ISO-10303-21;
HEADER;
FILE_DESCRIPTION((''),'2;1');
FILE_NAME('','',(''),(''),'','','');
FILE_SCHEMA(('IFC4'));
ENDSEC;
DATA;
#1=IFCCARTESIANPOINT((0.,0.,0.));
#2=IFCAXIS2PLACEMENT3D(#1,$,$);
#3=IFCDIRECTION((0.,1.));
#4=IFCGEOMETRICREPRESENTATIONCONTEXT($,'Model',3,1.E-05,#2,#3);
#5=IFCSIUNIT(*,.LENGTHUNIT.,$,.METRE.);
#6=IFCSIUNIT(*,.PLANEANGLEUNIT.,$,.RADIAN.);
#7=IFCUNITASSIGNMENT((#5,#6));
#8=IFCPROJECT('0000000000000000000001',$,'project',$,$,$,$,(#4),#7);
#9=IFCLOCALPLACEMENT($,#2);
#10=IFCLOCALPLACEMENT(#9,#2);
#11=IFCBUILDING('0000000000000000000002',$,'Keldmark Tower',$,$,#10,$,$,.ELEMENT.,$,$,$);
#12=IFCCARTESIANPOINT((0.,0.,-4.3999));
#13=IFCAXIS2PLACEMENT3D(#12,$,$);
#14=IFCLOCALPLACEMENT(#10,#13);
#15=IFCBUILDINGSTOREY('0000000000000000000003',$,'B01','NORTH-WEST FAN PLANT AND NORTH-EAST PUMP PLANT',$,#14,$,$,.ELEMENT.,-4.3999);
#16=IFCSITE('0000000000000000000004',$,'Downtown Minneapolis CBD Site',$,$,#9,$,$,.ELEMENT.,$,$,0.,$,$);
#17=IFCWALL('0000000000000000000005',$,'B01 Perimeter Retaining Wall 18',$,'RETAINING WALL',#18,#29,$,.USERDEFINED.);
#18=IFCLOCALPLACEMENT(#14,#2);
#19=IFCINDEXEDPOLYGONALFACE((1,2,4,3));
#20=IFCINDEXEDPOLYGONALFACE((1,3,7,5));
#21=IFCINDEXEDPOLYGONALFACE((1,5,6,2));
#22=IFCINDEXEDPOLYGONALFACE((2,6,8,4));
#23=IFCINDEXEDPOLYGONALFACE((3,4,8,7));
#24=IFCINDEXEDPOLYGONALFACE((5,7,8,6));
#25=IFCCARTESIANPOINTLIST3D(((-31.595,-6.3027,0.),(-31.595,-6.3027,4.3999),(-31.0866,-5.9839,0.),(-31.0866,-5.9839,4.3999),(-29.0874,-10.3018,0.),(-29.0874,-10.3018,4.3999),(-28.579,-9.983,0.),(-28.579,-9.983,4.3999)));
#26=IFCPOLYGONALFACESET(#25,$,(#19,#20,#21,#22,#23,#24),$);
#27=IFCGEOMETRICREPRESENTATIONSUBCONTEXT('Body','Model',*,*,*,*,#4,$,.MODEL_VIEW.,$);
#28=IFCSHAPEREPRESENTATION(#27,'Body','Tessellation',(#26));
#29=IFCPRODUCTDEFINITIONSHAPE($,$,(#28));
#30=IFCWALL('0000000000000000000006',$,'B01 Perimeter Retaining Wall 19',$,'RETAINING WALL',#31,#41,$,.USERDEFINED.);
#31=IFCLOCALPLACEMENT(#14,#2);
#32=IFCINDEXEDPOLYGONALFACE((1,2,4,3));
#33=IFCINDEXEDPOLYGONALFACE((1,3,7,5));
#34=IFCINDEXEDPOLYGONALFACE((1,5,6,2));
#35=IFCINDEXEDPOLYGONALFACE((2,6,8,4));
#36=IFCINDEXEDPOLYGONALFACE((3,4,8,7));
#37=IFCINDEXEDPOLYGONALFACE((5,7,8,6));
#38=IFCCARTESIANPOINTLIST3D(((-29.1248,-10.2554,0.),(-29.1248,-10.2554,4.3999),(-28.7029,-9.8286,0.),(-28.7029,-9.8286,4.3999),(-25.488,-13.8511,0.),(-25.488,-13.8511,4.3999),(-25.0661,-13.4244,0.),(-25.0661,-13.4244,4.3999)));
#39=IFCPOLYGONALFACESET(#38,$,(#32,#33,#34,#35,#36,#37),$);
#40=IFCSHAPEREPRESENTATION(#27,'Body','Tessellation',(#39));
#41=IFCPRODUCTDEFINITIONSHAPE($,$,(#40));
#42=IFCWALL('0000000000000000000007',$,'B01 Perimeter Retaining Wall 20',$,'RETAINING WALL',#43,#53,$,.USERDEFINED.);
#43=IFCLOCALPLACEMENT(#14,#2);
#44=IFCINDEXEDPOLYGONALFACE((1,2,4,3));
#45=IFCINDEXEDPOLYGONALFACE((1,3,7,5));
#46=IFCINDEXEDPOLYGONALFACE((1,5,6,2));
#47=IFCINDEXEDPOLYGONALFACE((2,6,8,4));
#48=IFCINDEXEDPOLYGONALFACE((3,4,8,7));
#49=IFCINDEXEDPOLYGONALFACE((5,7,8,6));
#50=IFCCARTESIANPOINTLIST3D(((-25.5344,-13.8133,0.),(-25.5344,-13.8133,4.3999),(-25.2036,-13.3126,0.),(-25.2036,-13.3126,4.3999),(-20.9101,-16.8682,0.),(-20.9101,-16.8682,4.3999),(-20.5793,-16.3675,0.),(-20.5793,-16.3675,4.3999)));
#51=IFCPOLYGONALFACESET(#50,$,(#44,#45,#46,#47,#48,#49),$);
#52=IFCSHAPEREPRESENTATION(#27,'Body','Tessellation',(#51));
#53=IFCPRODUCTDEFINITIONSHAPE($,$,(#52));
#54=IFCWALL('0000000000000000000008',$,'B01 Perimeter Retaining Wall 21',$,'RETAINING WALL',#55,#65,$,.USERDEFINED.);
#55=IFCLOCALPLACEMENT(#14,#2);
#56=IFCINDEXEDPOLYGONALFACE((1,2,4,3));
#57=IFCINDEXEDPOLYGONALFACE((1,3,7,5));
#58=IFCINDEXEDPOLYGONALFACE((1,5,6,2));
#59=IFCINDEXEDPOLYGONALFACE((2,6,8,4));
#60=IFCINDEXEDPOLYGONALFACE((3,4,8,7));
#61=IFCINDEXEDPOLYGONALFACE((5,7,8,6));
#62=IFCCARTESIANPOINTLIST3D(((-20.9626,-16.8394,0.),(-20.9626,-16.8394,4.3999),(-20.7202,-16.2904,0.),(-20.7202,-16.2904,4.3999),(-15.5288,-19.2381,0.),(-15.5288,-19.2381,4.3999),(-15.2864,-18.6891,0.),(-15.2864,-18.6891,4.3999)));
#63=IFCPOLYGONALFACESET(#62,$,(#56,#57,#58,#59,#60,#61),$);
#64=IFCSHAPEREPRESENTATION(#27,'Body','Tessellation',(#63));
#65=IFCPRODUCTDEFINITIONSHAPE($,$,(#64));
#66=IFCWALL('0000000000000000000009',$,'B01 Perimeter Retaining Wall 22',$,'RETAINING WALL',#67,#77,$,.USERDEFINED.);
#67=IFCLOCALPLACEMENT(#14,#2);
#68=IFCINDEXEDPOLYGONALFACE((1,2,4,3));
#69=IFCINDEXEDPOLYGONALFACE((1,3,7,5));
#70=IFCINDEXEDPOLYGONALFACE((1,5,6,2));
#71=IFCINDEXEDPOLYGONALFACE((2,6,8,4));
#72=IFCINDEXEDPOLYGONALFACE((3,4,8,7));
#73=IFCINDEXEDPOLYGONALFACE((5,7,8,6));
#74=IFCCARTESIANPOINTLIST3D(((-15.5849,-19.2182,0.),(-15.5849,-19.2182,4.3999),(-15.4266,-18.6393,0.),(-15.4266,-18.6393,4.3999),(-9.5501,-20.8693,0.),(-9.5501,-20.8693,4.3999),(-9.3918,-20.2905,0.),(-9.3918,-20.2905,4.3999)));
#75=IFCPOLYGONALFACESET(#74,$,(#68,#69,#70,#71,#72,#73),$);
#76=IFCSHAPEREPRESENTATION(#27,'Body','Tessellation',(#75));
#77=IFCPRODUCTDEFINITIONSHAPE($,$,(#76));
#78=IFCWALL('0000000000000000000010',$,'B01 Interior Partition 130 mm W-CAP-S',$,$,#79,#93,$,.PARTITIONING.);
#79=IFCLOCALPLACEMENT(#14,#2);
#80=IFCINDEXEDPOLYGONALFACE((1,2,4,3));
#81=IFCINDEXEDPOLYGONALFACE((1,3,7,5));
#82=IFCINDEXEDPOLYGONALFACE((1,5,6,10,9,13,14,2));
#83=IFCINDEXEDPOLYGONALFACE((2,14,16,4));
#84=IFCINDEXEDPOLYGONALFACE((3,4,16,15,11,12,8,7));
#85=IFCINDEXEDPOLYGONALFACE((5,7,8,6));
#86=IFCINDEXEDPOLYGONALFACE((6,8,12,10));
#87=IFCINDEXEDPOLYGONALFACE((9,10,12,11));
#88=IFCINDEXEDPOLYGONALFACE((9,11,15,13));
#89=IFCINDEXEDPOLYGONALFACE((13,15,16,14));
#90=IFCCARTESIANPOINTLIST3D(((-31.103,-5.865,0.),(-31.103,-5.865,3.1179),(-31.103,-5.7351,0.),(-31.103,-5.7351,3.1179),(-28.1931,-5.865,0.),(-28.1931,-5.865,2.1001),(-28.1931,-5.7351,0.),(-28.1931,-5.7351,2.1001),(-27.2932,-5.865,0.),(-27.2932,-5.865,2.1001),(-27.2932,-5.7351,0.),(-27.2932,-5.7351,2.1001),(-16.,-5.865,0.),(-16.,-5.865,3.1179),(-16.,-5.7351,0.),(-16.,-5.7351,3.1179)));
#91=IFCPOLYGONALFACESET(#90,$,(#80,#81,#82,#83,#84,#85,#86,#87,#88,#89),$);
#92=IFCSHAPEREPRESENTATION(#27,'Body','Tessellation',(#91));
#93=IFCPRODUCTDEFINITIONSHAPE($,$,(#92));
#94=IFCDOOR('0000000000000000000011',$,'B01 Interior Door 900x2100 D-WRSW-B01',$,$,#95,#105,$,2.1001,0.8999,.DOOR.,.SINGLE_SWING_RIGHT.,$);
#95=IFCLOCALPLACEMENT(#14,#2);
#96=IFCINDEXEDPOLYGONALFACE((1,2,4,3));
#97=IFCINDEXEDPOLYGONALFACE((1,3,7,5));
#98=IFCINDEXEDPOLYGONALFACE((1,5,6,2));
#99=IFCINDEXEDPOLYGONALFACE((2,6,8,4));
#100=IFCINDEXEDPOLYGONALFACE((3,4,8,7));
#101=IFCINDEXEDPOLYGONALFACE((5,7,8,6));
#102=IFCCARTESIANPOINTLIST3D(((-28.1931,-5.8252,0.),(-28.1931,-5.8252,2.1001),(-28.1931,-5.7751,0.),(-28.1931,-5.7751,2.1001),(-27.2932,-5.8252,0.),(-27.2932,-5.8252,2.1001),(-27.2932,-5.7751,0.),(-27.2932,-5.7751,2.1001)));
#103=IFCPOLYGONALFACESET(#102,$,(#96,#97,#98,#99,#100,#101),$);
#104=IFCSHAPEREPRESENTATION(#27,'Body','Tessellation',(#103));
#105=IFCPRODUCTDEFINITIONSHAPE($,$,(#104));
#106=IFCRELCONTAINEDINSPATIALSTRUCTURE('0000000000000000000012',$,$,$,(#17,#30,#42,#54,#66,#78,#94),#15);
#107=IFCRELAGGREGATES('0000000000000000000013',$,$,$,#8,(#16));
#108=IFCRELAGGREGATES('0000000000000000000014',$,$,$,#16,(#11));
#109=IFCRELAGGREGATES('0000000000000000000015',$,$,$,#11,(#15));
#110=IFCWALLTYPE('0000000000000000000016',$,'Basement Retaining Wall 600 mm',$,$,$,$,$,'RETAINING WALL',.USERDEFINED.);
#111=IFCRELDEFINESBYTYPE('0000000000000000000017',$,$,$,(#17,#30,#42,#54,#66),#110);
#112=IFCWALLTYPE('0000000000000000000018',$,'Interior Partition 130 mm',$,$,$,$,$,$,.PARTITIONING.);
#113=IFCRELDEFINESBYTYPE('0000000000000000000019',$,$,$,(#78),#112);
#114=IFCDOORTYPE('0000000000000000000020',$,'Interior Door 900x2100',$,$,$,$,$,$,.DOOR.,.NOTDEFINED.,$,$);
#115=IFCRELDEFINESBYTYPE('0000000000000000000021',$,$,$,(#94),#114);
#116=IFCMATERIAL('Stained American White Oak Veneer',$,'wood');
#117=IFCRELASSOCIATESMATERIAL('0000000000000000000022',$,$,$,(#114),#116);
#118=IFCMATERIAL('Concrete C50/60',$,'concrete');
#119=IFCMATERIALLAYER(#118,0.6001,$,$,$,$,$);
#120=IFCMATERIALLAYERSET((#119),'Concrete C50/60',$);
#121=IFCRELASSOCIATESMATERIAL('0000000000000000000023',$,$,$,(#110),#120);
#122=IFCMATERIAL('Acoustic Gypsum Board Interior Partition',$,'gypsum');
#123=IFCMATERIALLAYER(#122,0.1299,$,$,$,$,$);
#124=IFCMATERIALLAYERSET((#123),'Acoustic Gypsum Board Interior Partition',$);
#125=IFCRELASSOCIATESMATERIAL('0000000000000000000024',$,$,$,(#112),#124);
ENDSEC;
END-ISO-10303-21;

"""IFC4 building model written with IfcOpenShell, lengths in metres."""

from ifc_helpers import new_model, si_unit, direction, frame, frame_2d, origin, place, context, subcontext, project, spatial, rectangle, extrude, material, layer, layer_set, type_object, element, fill, save


model = new_model("IFC4")

# Units and contexts
model_context = context("Model", 3, precision=1e-05, world=origin(), true_north=direction((0.0, 1.0)))
body_context = subcontext(model_context, "Body", "Model", "MODEL_VIEW")
ifc_project = project(units=[si_unit("LENGTHUNIT", "METRE"), si_unit("PLANEANGLEUNIT", "RADIAN")], contexts=[model_context])

# Site, building, storey
site_placement = place(None, origin())
site = spatial("IfcSite", under=ifc_project, at=site_placement, Name="Downtown Minneapolis CBD Site", CompositionType="ELEMENT", RefElevation=0.0)
building_placement = place(site_placement, origin())
building = spatial("IfcBuilding", under=site, at=building_placement, Name="Keldmark Tower", CompositionType="ELEMENT")
storey_placement = place(building_placement, frame((0.0, 0.0, -4.3999)))
storey = spatial("IfcBuildingStorey", under=building, at=storey_placement, Name="B01", Description="NORTH-WEST FAN PLANT AND NORTH-EAST PUMP PLANT", CompositionType="ELEMENT", Elevation=-4.3999)

# Shared definitions
ifc_material_1 = material(Name="Stained American White Oak Veneer", Category="wood")
door_type = type_object("IfcDoorType", Name="Interior Door 900x2100", OperationType="NOTDEFINED", PredefinedType="DOOR", material=ifc_material_1)

# Walls
ifc_material_2 = material(Name="Concrete C50/60", Category="concrete")
ifc_layer_1 = layer(ifc_material_2, 0.6001)
ifc_layer_set_1 = layer_set([ifc_layer_1], Name="Concrete C50/60")
wall_type_1 = type_object("IfcWallType", Name="Basement Retaining Wall 600 mm", ElementType="RETAINING WALL", PredefinedType="USERDEFINED", material=ifc_layer_set_1)
wall_1_placement = place(storey_placement, frame((-31.3408, -6.1433, 0.0), z_axis=(0.0, 0.0, 1.0), x_axis=(0.531244, -0.847219, 0.0)))
element("IfcWall", 1, at=wall_1_placement, inside=storey, type_object=wall_type_1, Name="B01 Perimeter Retaining Wall 18", ObjectType="RETAINING WALL", PredefinedType="USERDEFINED", context=body_context, shape_type="SweptSolid", body=[
    extrude(rectangle(XDim=4.7202, YDim=0.6001, at=frame_2d((2.3601, 0.0))), origin(), (0.0, 0.0, 1.0), 4.3999),
])
wall_2_placement = place(storey_placement, frame((-28.9138, -10.042, 0.0), z_axis=(0.0, 0.0, 1.0), x_axis=(0.711105, -0.703085, 0.0)))
element("IfcWall", 2, at=wall_2_placement, inside=storey, type_object=wall_type_1, Name="B01 Perimeter Retaining Wall 19", ObjectType="RETAINING WALL", PredefinedType="USERDEFINED", context=body_context, shape_type="SweptSolid", body=[
    extrude(rectangle(XDim=5.1143, YDim=0.6001, at=frame_2d((2.5571, 0.0))), origin(), (0.0, 0.0, 1.0), 4.3999),
])
wall_3_placement = place(storey_placement, frame((-25.3689, -13.563, 0.0), z_axis=(0.0, 0.0, 1.0), x_axis=(0.834368, -0.551209, 0.0)))
element("IfcWall", 3, at=wall_3_placement, inside=storey, type_object=wall_type_1, Name="B01 Perimeter Retaining Wall 20", ObjectType="RETAINING WALL", PredefinedType="USERDEFINED", context=body_context, shape_type="SweptSolid", body=[
    extrude(rectangle(XDim=5.5422, YDim=0.6001, at=frame_2d((2.771, 0.0))), origin(), (0.0, 0.0, 1.0), 4.3999),
])
wall_4_placement = place(storey_placement, frame((-20.8413, -16.5649, 0.0), z_axis=(0.0, 0.0, 1.0), x_axis=(0.914831, -0.403838, 0.0)))
element("IfcWall", 4, at=wall_4_placement, inside=storey, type_object=wall_type_1, Name="B01 Perimeter Retaining Wall 21", ObjectType="RETAINING WALL", PredefinedType="USERDEFINED", context=body_context, shape_type="SweptSolid", body=[
    extrude(rectangle(XDim=5.9397, YDim=0.6001, at=frame_2d((2.9697, 0.0))), origin(), (0.0, 0.0, 1.0), 4.3999),
])
wall_5_placement = place(storey_placement, frame((-15.5059, -18.9287, 0.0), z_axis=(0.0, 0.0, 1.0), x_axis=(0.964548, -0.263906, 0.0)))
element("IfcWall", 5, at=wall_5_placement, inside=storey, type_object=wall_type_1, Name="B01 Perimeter Retaining Wall 22", ObjectType="RETAINING WALL", PredefinedType="USERDEFINED", context=body_context, shape_type="SweptSolid", body=[
    extrude(rectangle(XDim=6.2566, YDim=0.6001, at=frame_2d((3.1284, 0.0))), origin(), (0.0, 0.0, 1.0), 4.3999),
])

# Wall, opening, door
ifc_material_3 = material(Name="Acoustic Gypsum Board Interior Partition", Category="gypsum")
ifc_layer_2 = layer(ifc_material_3, 0.1299)
ifc_layer_set_2 = layer_set([ifc_layer_2], Name="Acoustic Gypsum Board Interior Partition")
wall_type_2 = type_object("IfcWallType", Name="Interior Partition 130 mm", PredefinedType="PARTITIONING", material=ifc_layer_set_2)
wall_6_placement = place(storey_placement, frame((-31.103, -5.8, 0.0), z_axis=(0.0, 0.0, 1.0), x_axis=(1.0, 0.0, 0.0)))
wall_6 = element("IfcWall", 6, at=wall_6_placement, inside=storey, type_object=wall_type_2, Name="B01 Interior Partition 130 mm W-CAP-S", PredefinedType="PARTITIONING", context=body_context, shape_type="SweptSolid", body=[
    extrude(rectangle(XDim=15.103, YDim=0.1299, at=frame_2d((7.5515, 0.0))), origin(), (0.0, 0.0, 1.0), 3.1179),
])
opening_1_placement = place(wall_6_placement, frame((2.9099, 0.0, 0.0)))
opening_1 = element("IfcOpeningElement", 7, at=opening_1_placement, cuts=wall_6, PredefinedType="OPENING", context=body_context, shape_type="SweptSolid", body=[
    extrude(rectangle(XDim=0.8999, YDim=2.1001, at=frame_2d((0.45, 1.05))), frame((0.0, 0.075, 0.0), z_axis=(0.0, -1.0, 0.0), x_axis=(1.0, 0.0, 0.0)), (0.0, 0.0, 1.0), 0.1499),
])
door_1_placement = place(opening_1_placement, origin())
door_1 = element("IfcDoor", 8, at=door_1_placement, inside=storey, type_object=door_type, Name="B01 Interior Door 900x2100 D-WRSW-B01", OperationType="SINGLE_SWING_RIGHT", OverallHeight=2.1001, OverallWidth=0.8999, PredefinedType="DOOR", context=body_context, shape_type="SweptSolid", body=[
    extrude(rectangle(XDim=0.8999, YDim=2.1001, at=frame_2d((0.45, 1.05))), frame((0.0, 0.0249, 0.0), z_axis=(0.0, -1.0, 0.0), x_axis=(1.0, 0.0, 0.0)), (0.0, 0.0, 1.0), 0.05),
])
fill(opening_1, door_1)

save(model, "model.ifc")
